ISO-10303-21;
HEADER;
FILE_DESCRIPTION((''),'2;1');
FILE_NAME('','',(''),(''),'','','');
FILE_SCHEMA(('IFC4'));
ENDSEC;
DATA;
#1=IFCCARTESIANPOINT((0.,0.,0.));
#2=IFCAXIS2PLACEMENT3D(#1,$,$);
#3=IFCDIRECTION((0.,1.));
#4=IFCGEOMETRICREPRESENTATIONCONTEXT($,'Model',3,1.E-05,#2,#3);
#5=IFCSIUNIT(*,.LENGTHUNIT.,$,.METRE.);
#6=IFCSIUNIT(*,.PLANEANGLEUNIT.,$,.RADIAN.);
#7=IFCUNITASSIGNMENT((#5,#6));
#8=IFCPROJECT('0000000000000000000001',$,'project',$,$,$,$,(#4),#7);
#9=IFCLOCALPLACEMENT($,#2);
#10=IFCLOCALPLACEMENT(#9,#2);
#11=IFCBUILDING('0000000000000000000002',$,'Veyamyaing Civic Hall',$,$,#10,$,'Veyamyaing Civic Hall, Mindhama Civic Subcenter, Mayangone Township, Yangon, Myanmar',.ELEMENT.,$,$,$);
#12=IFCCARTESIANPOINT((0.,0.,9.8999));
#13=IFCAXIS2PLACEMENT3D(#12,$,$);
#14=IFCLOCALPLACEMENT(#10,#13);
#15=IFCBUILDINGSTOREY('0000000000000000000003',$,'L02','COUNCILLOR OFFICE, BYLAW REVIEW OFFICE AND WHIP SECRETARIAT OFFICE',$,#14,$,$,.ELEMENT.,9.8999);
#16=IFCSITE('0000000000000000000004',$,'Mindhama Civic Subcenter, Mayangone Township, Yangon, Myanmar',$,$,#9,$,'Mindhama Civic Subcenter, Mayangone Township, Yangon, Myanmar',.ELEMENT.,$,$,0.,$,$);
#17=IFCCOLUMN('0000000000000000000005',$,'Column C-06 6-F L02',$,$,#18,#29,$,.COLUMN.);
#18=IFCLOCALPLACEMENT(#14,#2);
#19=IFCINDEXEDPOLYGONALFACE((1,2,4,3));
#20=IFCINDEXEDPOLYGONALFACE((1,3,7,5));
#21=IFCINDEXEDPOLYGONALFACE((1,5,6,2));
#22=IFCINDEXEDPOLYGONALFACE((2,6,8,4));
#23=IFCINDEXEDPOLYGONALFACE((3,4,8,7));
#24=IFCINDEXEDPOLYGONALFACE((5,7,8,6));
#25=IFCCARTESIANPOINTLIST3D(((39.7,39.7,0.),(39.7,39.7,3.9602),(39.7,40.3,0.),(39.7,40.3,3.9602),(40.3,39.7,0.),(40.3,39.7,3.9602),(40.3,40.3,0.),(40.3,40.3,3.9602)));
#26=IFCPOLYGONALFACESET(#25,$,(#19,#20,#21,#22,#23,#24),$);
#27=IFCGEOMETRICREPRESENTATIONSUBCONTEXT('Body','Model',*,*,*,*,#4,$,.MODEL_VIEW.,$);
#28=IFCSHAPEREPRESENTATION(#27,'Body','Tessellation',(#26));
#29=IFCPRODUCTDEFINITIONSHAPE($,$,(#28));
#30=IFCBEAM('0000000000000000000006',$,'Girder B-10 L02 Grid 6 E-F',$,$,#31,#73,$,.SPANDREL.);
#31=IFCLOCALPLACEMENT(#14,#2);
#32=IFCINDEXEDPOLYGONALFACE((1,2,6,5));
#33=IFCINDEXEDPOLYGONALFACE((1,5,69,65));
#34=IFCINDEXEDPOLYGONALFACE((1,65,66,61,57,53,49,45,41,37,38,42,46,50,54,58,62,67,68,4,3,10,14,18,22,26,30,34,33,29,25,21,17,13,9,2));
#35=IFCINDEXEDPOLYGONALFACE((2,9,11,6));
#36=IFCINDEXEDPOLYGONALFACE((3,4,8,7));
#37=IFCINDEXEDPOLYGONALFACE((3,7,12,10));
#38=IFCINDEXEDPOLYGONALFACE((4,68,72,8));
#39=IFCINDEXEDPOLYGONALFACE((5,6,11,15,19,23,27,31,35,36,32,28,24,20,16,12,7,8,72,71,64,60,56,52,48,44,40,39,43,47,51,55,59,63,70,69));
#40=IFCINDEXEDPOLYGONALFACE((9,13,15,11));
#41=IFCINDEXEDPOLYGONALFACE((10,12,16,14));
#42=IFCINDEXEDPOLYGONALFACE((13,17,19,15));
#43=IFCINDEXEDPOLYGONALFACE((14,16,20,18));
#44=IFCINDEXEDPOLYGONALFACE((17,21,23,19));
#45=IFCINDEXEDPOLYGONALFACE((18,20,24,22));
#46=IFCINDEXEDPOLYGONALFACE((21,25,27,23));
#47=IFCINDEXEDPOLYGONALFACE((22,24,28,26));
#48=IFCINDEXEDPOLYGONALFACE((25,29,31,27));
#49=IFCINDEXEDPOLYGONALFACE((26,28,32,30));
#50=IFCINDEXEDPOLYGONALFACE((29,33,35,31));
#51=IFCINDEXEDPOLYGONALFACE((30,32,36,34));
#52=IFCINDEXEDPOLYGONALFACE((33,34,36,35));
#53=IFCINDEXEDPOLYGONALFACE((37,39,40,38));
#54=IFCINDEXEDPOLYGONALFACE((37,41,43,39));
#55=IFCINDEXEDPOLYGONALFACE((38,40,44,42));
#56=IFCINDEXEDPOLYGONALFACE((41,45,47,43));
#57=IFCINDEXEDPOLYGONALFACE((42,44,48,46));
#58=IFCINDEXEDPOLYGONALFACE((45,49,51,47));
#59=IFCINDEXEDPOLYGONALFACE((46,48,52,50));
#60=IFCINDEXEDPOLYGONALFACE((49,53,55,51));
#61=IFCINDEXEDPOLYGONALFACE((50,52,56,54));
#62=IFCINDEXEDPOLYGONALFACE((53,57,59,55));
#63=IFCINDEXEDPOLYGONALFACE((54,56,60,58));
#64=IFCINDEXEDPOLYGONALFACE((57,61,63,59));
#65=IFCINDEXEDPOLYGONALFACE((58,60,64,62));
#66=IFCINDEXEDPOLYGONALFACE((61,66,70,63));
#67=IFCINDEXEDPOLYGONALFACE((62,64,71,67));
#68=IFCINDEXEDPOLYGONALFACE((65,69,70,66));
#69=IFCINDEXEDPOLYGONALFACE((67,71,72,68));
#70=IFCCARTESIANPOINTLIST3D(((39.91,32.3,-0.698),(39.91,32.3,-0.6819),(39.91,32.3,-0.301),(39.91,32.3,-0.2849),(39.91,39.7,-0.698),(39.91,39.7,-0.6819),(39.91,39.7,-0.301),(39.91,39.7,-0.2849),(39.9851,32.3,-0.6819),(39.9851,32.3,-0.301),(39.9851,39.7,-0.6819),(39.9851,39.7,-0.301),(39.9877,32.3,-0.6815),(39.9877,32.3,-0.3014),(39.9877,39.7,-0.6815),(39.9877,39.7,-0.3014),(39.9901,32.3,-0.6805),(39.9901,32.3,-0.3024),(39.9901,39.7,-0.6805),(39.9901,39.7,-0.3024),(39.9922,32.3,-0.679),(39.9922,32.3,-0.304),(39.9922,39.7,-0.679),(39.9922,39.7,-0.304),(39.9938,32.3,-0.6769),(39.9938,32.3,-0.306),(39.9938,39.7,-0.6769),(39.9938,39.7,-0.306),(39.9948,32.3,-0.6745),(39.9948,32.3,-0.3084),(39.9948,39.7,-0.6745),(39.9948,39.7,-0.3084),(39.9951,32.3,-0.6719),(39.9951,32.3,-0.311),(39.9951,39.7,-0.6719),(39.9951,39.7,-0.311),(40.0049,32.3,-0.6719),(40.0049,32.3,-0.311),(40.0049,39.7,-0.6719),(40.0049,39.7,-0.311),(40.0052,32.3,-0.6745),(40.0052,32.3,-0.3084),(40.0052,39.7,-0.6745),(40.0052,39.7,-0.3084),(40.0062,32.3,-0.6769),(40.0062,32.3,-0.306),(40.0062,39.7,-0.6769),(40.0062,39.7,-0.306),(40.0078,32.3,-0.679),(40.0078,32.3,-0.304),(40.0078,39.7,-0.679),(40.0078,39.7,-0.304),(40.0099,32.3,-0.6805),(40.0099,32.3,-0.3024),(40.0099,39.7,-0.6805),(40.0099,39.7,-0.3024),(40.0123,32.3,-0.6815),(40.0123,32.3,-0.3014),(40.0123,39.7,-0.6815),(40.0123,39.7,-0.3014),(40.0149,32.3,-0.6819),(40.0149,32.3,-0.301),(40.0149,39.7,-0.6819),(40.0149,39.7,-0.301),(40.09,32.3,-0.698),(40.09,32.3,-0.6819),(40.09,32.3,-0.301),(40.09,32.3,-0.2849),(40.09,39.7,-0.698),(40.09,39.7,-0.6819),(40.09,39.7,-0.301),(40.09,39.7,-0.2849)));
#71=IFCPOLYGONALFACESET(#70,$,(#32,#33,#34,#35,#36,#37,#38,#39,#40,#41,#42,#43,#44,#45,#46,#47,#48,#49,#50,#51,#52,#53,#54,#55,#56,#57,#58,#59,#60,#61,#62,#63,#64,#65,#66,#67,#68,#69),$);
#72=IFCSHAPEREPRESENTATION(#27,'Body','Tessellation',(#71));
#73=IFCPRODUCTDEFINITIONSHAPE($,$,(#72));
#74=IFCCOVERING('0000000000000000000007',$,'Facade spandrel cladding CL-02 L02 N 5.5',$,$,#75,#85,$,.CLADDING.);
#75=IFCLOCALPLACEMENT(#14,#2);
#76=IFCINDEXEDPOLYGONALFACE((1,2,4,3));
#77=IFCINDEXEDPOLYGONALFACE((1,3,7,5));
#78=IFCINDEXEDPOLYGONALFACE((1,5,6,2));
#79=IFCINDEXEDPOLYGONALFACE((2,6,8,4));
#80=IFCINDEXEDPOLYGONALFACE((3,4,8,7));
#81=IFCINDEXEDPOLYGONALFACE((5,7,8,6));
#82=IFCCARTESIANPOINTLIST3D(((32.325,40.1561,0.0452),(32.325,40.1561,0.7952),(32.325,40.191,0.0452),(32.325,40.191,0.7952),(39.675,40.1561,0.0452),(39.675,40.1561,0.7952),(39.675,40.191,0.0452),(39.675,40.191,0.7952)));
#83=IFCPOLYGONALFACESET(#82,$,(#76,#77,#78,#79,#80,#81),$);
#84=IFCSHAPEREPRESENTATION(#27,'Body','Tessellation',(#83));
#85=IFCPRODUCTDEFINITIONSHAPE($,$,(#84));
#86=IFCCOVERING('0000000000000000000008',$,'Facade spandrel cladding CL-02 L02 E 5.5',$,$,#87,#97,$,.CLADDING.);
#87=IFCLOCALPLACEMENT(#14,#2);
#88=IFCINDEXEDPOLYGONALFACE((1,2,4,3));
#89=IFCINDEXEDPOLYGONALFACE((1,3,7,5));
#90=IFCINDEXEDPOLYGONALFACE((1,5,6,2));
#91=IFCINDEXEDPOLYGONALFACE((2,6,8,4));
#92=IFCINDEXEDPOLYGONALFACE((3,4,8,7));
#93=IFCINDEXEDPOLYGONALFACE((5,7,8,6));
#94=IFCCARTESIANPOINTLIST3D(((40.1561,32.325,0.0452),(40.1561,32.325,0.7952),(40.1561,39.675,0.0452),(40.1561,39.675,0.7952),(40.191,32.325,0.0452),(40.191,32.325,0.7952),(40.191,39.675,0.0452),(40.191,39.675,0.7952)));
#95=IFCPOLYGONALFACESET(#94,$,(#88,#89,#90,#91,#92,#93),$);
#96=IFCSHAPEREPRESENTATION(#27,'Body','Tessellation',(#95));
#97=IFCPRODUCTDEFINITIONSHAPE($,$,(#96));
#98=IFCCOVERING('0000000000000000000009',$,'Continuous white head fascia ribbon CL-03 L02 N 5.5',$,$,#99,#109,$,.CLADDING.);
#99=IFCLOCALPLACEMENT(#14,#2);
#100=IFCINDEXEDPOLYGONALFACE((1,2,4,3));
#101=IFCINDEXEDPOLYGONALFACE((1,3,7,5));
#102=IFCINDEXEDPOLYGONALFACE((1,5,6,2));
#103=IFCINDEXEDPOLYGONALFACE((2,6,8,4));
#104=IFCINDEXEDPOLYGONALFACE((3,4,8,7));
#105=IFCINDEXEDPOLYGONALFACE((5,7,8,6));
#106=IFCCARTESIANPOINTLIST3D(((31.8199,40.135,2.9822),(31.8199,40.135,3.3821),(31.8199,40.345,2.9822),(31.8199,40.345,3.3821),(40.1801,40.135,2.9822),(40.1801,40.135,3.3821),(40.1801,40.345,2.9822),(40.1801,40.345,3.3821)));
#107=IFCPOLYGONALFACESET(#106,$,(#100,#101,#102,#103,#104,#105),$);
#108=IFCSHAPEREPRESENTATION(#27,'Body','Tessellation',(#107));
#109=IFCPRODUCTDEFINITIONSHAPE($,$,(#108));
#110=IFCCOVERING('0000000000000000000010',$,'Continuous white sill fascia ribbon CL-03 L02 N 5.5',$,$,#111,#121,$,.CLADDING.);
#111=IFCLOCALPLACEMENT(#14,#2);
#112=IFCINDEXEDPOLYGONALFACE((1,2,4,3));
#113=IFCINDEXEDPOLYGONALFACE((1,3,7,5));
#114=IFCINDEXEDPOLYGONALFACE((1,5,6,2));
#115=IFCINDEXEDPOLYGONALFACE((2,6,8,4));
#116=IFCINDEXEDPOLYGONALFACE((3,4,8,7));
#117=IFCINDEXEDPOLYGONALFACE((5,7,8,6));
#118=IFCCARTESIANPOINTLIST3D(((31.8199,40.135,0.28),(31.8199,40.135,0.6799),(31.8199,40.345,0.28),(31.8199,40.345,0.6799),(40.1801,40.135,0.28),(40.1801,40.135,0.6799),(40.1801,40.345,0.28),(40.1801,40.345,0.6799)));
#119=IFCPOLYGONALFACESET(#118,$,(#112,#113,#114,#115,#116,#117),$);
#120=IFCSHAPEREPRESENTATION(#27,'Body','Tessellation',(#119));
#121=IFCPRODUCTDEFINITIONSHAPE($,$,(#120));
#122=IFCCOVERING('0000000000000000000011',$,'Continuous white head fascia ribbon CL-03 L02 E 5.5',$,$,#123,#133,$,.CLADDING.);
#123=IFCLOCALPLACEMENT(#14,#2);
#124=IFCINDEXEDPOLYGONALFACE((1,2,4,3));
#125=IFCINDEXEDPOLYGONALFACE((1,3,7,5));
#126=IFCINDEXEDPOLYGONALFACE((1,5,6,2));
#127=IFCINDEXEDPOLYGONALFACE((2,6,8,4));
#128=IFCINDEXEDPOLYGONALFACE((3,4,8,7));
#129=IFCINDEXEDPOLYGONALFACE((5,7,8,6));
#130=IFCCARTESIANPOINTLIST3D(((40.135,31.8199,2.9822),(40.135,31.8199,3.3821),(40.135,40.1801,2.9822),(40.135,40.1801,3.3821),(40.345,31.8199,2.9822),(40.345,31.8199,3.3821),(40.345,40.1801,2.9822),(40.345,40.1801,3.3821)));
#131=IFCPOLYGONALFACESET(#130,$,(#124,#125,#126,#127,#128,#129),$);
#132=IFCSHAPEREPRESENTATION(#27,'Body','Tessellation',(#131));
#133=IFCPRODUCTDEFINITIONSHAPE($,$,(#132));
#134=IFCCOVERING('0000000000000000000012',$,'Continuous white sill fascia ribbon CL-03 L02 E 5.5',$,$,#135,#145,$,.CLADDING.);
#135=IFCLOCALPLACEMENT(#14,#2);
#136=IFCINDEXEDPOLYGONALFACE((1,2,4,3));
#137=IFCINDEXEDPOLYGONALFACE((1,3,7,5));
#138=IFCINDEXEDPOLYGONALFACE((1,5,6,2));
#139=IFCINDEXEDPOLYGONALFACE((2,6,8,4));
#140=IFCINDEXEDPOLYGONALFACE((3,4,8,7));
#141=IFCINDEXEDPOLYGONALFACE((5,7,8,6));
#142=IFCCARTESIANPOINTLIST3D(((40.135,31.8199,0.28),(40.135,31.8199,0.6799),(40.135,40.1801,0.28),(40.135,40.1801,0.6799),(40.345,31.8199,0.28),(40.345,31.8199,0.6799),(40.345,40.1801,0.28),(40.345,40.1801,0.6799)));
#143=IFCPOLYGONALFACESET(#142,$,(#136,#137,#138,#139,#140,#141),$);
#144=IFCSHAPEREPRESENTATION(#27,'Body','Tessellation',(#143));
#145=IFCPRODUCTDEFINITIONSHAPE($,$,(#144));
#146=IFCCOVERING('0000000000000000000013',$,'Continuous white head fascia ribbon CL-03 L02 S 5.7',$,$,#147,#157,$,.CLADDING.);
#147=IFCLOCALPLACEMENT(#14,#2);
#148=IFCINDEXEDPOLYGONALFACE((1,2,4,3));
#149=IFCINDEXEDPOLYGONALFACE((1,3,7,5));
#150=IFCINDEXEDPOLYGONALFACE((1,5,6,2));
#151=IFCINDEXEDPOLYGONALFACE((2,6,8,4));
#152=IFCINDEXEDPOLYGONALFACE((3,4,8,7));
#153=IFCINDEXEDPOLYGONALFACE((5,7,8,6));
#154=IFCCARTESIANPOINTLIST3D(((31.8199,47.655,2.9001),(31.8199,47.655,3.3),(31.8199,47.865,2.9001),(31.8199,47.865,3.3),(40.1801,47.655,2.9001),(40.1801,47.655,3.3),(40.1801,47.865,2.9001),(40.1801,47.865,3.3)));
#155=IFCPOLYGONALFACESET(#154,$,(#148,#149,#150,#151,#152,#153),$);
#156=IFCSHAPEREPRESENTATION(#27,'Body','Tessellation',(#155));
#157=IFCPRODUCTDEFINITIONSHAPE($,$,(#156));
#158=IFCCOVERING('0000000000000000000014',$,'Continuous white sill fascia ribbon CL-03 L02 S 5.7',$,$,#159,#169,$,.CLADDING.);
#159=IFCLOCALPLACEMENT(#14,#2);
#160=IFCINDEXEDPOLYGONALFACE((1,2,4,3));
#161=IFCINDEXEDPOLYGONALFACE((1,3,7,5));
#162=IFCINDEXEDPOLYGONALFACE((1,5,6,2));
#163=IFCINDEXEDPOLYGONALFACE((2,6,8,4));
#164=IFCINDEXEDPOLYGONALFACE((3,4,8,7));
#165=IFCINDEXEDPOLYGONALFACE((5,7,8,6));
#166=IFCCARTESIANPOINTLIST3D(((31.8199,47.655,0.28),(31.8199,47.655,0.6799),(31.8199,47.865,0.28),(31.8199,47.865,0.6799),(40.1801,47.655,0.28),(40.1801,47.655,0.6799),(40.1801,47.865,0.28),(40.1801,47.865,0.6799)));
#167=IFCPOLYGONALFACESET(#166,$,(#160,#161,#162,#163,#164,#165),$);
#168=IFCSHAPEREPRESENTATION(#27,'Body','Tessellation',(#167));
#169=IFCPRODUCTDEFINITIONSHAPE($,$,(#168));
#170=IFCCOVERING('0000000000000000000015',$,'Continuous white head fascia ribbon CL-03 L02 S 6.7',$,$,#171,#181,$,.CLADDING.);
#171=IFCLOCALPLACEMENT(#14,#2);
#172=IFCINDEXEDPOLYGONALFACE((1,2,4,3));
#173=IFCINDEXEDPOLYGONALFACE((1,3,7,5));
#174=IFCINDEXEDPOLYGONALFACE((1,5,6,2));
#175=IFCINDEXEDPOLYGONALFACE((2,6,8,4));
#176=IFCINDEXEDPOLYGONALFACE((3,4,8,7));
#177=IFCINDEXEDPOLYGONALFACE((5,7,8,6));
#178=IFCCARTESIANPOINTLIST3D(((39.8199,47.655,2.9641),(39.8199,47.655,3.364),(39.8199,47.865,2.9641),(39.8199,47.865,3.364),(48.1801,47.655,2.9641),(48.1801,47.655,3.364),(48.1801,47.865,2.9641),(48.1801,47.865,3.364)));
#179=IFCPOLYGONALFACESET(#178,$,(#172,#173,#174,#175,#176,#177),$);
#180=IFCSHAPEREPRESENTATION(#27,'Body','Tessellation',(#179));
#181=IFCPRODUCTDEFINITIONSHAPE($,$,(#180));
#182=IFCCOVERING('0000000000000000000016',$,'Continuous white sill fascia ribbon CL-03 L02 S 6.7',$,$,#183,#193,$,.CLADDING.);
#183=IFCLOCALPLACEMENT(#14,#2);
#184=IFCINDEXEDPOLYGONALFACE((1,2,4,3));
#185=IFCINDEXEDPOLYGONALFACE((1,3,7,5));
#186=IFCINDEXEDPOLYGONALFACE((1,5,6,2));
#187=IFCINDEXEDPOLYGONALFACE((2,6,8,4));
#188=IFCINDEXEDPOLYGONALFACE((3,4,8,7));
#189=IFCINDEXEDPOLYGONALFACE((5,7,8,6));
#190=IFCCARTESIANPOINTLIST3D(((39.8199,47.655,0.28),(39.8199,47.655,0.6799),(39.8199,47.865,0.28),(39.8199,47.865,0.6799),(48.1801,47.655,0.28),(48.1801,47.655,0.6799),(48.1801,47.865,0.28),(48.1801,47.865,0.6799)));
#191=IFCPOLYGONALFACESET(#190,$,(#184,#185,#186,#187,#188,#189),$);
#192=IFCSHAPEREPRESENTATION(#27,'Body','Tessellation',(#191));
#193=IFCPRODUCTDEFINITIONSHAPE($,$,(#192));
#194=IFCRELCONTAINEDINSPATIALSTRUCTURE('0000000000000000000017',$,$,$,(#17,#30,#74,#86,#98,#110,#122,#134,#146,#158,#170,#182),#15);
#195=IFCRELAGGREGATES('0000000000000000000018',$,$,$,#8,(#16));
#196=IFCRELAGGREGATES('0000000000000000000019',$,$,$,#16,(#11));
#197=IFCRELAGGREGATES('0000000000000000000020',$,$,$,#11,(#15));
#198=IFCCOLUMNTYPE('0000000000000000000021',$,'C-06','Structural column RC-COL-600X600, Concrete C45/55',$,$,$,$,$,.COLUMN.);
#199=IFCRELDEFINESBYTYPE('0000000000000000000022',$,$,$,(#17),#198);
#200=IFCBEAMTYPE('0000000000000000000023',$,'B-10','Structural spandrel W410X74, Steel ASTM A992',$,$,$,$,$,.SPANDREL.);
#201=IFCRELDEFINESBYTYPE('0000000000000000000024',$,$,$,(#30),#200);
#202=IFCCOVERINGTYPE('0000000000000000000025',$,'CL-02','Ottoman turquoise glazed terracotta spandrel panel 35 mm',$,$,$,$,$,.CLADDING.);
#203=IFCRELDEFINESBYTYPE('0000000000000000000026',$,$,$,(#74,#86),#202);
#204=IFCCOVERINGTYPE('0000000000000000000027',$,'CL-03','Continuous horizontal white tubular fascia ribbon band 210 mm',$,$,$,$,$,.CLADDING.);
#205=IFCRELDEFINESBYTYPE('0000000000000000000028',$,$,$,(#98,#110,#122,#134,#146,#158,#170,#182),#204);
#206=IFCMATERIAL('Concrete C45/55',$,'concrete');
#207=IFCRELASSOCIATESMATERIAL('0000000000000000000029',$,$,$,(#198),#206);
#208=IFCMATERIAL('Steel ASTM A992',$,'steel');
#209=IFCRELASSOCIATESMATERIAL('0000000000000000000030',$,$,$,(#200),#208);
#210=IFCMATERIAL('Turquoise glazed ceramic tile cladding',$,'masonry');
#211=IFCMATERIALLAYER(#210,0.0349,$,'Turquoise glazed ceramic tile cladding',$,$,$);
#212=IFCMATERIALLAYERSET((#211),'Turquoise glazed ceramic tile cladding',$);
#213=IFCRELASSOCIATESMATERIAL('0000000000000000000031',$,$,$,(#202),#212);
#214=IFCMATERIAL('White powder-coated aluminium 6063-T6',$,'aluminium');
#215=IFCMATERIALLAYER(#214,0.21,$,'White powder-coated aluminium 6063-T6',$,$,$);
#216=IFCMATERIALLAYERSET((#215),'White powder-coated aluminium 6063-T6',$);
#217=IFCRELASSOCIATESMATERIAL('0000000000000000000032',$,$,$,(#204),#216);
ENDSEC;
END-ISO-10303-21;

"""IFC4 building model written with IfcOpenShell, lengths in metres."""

from ifc_helpers import new_model, si_unit, direction, frame, origin, origin_2d, place, context, subcontext, project, spatial, rectangle, i_section, extrude, material, layer, layer_set, material_profile, profile_set, type_object, element, save


model = new_model("IFC4")

# Units and contexts
model_context = context("Model", 3, precision=1e-05, world=origin(), true_north=direction((0.0, 1.0)))
body_context = subcontext(model_context, "Body", "Model", "MODEL_VIEW")
ifc_project = project(units=[si_unit("LENGTHUNIT", "METRE"), si_unit("PLANEANGLEUNIT", "RADIAN")], contexts=[model_context])

# Site, building, storey
site_placement = place(None, origin())
site = spatial("IfcSite", under=ifc_project, at=site_placement, Name="Mindhama Civic Subcenter, Mayangone Township, Yangon, Myanmar", LongName="Mindhama Civic Subcenter, Mayangone Township, Yangon, Myanmar", CompositionType="ELEMENT", RefElevation=0.0)
building_placement = place(site_placement, origin())
building = spatial("IfcBuilding", under=site, at=building_placement, Name="Veyamyaing Civic Hall", LongName="Veyamyaing Civic Hall, Mindhama Civic Subcenter, Mayangone Township, Yangon, Myanmar", CompositionType="ELEMENT")
storey_placement = place(building_placement, frame((0.0, 0.0, 9.8999)))
storey = spatial("IfcBuildingStorey", under=building, at=storey_placement, Name="L02", Description="COUNCILLOR OFFICE, BYLAW REVIEW OFFICE AND WHIP SECRETARIAT OFFICE", CompositionType="ELEMENT", Elevation=9.8999)

# Column
ifc_material_1 = material(Name="Concrete C45/55", Category="concrete")
ifc_material_profile_1 = material_profile(ifc_material_1, rectangle(XDim=0.6001, YDim=0.6001, at=origin_2d()), Name="RC-COL-600X600")
ifc_profile_set_1 = profile_set([ifc_material_profile_1], Name="Concrete C45/55")
column_type = type_object("IfcColumnType", Name="C-06", Description="Structural column RC-COL-600X600, Concrete C45/55", PredefinedType="COLUMN", material=ifc_profile_set_1)
column_placement = place(storey_placement, frame((40.0, 40.0, 0.0), z_axis=(0.0, 0.0, 1.0), x_axis=(1.0, 0.0, 0.0)))
element("IfcColumn", 1, at=column_placement, inside=storey, type_object=column_type, Name="Column C-06 6-F L02", PredefinedType="COLUMN", context=body_context, shape_type="SweptSolid", body=[
    extrude(rectangle(XDim=0.6001, YDim=0.6001, at=origin_2d()), origin(), (0.0, 0.0, 1.0), 3.9602),
])

# Beam
ifc_material_2 = material(Name="Steel ASTM A992", Category="steel")
ifc_material_profile_2 = material_profile(ifc_material_2, i_section(OverallWidth=0.1799, OverallDepth=0.4131, WebThickness=0.0098, FlangeThickness=0.0161, FilletRadius=0.01, at=origin_2d()), Name="W410X74")
ifc_profile_set_2 = profile_set([ifc_material_profile_2], Name="Steel ASTM A992")
beam_type = type_object("IfcBeamType", Name="B-10", Description="Structural spandrel W410X74, Steel ASTM A992", PredefinedType="SPANDREL", material=ifc_profile_set_2)
beam_placement = place(storey_placement, frame((40.0, 32.3, -0.4915), z_axis=(0.0, 1.0, 0.0), x_axis=(-1.0, 0.0, 0.0)))
element("IfcBeam", 2, at=beam_placement, inside=storey, type_object=beam_type, Name="Girder B-10 L02 Grid 6 E-F", PredefinedType="SPANDREL", context=body_context, shape_type="SweptSolid", body=[
    extrude(i_section(OverallWidth=0.1799, OverallDepth=0.4131, WebThickness=0.0098, FlangeThickness=0.0161, FilletRadius=0.01, at=origin_2d()), origin(), (0.0, 0.0, 1.0), 7.3999),
])

# Coverings
ifc_material_3 = material(Name="Turquoise glazed ceramic tile cladding", Category="masonry")
ifc_layer_1 = layer(ifc_material_3, 0.0349, Name="Turquoise glazed ceramic tile cladding")
ifc_layer_set_1 = layer_set([ifc_layer_1], Name="Turquoise glazed ceramic tile cladding")
covering_type_1 = type_object("IfcCoveringType", Name="CL-02", Description="Ottoman turquoise glazed terracotta spandrel panel 35 mm", PredefinedType="CLADDING", material=ifc_layer_set_1)
for number, where, z_axis, x_axis, name in (
    (3, (36.0, 40.1736, 0.0452), (0.0, 0.0, 1.0), (1.0, 0.0, 0.0), "Facade spandrel cladding CL-02 L02 N 5.5"),
    (4, (40.1736, 36.0, 0.0452), (0.0, 0.0, 1.0), (0.0, 1.0, 0.0), "Facade spandrel cladding CL-02 L02 E 5.5"),
):
    element("IfcCovering", number, at=place(storey_placement, frame(where, z_axis=z_axis, x_axis=x_axis)), inside=storey, type_object=covering_type_1, Name=name, PredefinedType="CLADDING", context=body_context, shape_type="SweptSolid", body=[
        extrude(rectangle(XDim=7.3501, YDim=0.0349, at=origin_2d()), origin(), (0.0, 0.0, 1.0), 0.75),
    ])
ifc_material_4 = material(Name="White powder-coated aluminium 6063-T6", Category="aluminium")
ifc_layer_2 = layer(ifc_material_4, 0.21, Name="White powder-coated aluminium 6063-T6")
ifc_layer_set_2 = layer_set([ifc_layer_2], Name="White powder-coated aluminium 6063-T6")
covering_type_2 = type_object("IfcCoveringType", Name="CL-03", Description="Continuous horizontal white tubular fascia ribbon band 210 mm", PredefinedType="CLADDING", material=ifc_layer_set_2)
for number, where, z_axis, x_axis, name in (
    (5, (36.0, 40.24, 2.9822), (0.0, 0.0, 1.0), (1.0, 0.0, 0.0), "Continuous white head fascia ribbon CL-03 L02 N 5.5"),
    (6, (36.0, 40.24, 0.28), (0.0, 0.0, 1.0), (1.0, 0.0, 0.0), "Continuous white sill fascia ribbon CL-03 L02 N 5.5"),
    (7, (40.24, 36.0, 2.9822), (0.0, 0.0, 1.0), (0.0, 1.0, 0.0), "Continuous white head fascia ribbon CL-03 L02 E 5.5"),
    (8, (40.24, 36.0, 0.28), (0.0, 0.0, 1.0), (0.0, 1.0, 0.0), "Continuous white sill fascia ribbon CL-03 L02 E 5.5"),
    (9, (36.0, 47.76, 2.9001), (0.0, 0.0, 1.0), (1.0, 0.0, 0.0), "Continuous white head fascia ribbon CL-03 L02 S 5.7"),
    (10, (36.0, 47.76, 0.28), (0.0, 0.0, 1.0), (1.0, 0.0, 0.0), "Continuous white sill fascia ribbon CL-03 L02 S 5.7"),
    (11, (44.0, 47.76, 2.9641), (0.0, 0.0, 1.0), (1.0, 0.0, 0.0), "Continuous white head fascia ribbon CL-03 L02 S 6.7"),
    (12, (44.0, 47.76, 0.28), (0.0, 0.0, 1.0), (1.0, 0.0, 0.0), "Continuous white sill fascia ribbon CL-03 L02 S 6.7"),
):
    element("IfcCovering", number, at=place(storey_placement, frame(where, z_axis=z_axis, x_axis=x_axis)), inside=storey, type_object=covering_type_2, Name=name, PredefinedType="CLADDING", context=body_context, shape_type="SweptSolid", body=[
        extrude(rectangle(XDim=8.3601, YDim=0.21, at=origin_2d()), origin(), (0.0, 0.0, 1.0), 0.3999),
    ])

save(model, "model.ifc")
